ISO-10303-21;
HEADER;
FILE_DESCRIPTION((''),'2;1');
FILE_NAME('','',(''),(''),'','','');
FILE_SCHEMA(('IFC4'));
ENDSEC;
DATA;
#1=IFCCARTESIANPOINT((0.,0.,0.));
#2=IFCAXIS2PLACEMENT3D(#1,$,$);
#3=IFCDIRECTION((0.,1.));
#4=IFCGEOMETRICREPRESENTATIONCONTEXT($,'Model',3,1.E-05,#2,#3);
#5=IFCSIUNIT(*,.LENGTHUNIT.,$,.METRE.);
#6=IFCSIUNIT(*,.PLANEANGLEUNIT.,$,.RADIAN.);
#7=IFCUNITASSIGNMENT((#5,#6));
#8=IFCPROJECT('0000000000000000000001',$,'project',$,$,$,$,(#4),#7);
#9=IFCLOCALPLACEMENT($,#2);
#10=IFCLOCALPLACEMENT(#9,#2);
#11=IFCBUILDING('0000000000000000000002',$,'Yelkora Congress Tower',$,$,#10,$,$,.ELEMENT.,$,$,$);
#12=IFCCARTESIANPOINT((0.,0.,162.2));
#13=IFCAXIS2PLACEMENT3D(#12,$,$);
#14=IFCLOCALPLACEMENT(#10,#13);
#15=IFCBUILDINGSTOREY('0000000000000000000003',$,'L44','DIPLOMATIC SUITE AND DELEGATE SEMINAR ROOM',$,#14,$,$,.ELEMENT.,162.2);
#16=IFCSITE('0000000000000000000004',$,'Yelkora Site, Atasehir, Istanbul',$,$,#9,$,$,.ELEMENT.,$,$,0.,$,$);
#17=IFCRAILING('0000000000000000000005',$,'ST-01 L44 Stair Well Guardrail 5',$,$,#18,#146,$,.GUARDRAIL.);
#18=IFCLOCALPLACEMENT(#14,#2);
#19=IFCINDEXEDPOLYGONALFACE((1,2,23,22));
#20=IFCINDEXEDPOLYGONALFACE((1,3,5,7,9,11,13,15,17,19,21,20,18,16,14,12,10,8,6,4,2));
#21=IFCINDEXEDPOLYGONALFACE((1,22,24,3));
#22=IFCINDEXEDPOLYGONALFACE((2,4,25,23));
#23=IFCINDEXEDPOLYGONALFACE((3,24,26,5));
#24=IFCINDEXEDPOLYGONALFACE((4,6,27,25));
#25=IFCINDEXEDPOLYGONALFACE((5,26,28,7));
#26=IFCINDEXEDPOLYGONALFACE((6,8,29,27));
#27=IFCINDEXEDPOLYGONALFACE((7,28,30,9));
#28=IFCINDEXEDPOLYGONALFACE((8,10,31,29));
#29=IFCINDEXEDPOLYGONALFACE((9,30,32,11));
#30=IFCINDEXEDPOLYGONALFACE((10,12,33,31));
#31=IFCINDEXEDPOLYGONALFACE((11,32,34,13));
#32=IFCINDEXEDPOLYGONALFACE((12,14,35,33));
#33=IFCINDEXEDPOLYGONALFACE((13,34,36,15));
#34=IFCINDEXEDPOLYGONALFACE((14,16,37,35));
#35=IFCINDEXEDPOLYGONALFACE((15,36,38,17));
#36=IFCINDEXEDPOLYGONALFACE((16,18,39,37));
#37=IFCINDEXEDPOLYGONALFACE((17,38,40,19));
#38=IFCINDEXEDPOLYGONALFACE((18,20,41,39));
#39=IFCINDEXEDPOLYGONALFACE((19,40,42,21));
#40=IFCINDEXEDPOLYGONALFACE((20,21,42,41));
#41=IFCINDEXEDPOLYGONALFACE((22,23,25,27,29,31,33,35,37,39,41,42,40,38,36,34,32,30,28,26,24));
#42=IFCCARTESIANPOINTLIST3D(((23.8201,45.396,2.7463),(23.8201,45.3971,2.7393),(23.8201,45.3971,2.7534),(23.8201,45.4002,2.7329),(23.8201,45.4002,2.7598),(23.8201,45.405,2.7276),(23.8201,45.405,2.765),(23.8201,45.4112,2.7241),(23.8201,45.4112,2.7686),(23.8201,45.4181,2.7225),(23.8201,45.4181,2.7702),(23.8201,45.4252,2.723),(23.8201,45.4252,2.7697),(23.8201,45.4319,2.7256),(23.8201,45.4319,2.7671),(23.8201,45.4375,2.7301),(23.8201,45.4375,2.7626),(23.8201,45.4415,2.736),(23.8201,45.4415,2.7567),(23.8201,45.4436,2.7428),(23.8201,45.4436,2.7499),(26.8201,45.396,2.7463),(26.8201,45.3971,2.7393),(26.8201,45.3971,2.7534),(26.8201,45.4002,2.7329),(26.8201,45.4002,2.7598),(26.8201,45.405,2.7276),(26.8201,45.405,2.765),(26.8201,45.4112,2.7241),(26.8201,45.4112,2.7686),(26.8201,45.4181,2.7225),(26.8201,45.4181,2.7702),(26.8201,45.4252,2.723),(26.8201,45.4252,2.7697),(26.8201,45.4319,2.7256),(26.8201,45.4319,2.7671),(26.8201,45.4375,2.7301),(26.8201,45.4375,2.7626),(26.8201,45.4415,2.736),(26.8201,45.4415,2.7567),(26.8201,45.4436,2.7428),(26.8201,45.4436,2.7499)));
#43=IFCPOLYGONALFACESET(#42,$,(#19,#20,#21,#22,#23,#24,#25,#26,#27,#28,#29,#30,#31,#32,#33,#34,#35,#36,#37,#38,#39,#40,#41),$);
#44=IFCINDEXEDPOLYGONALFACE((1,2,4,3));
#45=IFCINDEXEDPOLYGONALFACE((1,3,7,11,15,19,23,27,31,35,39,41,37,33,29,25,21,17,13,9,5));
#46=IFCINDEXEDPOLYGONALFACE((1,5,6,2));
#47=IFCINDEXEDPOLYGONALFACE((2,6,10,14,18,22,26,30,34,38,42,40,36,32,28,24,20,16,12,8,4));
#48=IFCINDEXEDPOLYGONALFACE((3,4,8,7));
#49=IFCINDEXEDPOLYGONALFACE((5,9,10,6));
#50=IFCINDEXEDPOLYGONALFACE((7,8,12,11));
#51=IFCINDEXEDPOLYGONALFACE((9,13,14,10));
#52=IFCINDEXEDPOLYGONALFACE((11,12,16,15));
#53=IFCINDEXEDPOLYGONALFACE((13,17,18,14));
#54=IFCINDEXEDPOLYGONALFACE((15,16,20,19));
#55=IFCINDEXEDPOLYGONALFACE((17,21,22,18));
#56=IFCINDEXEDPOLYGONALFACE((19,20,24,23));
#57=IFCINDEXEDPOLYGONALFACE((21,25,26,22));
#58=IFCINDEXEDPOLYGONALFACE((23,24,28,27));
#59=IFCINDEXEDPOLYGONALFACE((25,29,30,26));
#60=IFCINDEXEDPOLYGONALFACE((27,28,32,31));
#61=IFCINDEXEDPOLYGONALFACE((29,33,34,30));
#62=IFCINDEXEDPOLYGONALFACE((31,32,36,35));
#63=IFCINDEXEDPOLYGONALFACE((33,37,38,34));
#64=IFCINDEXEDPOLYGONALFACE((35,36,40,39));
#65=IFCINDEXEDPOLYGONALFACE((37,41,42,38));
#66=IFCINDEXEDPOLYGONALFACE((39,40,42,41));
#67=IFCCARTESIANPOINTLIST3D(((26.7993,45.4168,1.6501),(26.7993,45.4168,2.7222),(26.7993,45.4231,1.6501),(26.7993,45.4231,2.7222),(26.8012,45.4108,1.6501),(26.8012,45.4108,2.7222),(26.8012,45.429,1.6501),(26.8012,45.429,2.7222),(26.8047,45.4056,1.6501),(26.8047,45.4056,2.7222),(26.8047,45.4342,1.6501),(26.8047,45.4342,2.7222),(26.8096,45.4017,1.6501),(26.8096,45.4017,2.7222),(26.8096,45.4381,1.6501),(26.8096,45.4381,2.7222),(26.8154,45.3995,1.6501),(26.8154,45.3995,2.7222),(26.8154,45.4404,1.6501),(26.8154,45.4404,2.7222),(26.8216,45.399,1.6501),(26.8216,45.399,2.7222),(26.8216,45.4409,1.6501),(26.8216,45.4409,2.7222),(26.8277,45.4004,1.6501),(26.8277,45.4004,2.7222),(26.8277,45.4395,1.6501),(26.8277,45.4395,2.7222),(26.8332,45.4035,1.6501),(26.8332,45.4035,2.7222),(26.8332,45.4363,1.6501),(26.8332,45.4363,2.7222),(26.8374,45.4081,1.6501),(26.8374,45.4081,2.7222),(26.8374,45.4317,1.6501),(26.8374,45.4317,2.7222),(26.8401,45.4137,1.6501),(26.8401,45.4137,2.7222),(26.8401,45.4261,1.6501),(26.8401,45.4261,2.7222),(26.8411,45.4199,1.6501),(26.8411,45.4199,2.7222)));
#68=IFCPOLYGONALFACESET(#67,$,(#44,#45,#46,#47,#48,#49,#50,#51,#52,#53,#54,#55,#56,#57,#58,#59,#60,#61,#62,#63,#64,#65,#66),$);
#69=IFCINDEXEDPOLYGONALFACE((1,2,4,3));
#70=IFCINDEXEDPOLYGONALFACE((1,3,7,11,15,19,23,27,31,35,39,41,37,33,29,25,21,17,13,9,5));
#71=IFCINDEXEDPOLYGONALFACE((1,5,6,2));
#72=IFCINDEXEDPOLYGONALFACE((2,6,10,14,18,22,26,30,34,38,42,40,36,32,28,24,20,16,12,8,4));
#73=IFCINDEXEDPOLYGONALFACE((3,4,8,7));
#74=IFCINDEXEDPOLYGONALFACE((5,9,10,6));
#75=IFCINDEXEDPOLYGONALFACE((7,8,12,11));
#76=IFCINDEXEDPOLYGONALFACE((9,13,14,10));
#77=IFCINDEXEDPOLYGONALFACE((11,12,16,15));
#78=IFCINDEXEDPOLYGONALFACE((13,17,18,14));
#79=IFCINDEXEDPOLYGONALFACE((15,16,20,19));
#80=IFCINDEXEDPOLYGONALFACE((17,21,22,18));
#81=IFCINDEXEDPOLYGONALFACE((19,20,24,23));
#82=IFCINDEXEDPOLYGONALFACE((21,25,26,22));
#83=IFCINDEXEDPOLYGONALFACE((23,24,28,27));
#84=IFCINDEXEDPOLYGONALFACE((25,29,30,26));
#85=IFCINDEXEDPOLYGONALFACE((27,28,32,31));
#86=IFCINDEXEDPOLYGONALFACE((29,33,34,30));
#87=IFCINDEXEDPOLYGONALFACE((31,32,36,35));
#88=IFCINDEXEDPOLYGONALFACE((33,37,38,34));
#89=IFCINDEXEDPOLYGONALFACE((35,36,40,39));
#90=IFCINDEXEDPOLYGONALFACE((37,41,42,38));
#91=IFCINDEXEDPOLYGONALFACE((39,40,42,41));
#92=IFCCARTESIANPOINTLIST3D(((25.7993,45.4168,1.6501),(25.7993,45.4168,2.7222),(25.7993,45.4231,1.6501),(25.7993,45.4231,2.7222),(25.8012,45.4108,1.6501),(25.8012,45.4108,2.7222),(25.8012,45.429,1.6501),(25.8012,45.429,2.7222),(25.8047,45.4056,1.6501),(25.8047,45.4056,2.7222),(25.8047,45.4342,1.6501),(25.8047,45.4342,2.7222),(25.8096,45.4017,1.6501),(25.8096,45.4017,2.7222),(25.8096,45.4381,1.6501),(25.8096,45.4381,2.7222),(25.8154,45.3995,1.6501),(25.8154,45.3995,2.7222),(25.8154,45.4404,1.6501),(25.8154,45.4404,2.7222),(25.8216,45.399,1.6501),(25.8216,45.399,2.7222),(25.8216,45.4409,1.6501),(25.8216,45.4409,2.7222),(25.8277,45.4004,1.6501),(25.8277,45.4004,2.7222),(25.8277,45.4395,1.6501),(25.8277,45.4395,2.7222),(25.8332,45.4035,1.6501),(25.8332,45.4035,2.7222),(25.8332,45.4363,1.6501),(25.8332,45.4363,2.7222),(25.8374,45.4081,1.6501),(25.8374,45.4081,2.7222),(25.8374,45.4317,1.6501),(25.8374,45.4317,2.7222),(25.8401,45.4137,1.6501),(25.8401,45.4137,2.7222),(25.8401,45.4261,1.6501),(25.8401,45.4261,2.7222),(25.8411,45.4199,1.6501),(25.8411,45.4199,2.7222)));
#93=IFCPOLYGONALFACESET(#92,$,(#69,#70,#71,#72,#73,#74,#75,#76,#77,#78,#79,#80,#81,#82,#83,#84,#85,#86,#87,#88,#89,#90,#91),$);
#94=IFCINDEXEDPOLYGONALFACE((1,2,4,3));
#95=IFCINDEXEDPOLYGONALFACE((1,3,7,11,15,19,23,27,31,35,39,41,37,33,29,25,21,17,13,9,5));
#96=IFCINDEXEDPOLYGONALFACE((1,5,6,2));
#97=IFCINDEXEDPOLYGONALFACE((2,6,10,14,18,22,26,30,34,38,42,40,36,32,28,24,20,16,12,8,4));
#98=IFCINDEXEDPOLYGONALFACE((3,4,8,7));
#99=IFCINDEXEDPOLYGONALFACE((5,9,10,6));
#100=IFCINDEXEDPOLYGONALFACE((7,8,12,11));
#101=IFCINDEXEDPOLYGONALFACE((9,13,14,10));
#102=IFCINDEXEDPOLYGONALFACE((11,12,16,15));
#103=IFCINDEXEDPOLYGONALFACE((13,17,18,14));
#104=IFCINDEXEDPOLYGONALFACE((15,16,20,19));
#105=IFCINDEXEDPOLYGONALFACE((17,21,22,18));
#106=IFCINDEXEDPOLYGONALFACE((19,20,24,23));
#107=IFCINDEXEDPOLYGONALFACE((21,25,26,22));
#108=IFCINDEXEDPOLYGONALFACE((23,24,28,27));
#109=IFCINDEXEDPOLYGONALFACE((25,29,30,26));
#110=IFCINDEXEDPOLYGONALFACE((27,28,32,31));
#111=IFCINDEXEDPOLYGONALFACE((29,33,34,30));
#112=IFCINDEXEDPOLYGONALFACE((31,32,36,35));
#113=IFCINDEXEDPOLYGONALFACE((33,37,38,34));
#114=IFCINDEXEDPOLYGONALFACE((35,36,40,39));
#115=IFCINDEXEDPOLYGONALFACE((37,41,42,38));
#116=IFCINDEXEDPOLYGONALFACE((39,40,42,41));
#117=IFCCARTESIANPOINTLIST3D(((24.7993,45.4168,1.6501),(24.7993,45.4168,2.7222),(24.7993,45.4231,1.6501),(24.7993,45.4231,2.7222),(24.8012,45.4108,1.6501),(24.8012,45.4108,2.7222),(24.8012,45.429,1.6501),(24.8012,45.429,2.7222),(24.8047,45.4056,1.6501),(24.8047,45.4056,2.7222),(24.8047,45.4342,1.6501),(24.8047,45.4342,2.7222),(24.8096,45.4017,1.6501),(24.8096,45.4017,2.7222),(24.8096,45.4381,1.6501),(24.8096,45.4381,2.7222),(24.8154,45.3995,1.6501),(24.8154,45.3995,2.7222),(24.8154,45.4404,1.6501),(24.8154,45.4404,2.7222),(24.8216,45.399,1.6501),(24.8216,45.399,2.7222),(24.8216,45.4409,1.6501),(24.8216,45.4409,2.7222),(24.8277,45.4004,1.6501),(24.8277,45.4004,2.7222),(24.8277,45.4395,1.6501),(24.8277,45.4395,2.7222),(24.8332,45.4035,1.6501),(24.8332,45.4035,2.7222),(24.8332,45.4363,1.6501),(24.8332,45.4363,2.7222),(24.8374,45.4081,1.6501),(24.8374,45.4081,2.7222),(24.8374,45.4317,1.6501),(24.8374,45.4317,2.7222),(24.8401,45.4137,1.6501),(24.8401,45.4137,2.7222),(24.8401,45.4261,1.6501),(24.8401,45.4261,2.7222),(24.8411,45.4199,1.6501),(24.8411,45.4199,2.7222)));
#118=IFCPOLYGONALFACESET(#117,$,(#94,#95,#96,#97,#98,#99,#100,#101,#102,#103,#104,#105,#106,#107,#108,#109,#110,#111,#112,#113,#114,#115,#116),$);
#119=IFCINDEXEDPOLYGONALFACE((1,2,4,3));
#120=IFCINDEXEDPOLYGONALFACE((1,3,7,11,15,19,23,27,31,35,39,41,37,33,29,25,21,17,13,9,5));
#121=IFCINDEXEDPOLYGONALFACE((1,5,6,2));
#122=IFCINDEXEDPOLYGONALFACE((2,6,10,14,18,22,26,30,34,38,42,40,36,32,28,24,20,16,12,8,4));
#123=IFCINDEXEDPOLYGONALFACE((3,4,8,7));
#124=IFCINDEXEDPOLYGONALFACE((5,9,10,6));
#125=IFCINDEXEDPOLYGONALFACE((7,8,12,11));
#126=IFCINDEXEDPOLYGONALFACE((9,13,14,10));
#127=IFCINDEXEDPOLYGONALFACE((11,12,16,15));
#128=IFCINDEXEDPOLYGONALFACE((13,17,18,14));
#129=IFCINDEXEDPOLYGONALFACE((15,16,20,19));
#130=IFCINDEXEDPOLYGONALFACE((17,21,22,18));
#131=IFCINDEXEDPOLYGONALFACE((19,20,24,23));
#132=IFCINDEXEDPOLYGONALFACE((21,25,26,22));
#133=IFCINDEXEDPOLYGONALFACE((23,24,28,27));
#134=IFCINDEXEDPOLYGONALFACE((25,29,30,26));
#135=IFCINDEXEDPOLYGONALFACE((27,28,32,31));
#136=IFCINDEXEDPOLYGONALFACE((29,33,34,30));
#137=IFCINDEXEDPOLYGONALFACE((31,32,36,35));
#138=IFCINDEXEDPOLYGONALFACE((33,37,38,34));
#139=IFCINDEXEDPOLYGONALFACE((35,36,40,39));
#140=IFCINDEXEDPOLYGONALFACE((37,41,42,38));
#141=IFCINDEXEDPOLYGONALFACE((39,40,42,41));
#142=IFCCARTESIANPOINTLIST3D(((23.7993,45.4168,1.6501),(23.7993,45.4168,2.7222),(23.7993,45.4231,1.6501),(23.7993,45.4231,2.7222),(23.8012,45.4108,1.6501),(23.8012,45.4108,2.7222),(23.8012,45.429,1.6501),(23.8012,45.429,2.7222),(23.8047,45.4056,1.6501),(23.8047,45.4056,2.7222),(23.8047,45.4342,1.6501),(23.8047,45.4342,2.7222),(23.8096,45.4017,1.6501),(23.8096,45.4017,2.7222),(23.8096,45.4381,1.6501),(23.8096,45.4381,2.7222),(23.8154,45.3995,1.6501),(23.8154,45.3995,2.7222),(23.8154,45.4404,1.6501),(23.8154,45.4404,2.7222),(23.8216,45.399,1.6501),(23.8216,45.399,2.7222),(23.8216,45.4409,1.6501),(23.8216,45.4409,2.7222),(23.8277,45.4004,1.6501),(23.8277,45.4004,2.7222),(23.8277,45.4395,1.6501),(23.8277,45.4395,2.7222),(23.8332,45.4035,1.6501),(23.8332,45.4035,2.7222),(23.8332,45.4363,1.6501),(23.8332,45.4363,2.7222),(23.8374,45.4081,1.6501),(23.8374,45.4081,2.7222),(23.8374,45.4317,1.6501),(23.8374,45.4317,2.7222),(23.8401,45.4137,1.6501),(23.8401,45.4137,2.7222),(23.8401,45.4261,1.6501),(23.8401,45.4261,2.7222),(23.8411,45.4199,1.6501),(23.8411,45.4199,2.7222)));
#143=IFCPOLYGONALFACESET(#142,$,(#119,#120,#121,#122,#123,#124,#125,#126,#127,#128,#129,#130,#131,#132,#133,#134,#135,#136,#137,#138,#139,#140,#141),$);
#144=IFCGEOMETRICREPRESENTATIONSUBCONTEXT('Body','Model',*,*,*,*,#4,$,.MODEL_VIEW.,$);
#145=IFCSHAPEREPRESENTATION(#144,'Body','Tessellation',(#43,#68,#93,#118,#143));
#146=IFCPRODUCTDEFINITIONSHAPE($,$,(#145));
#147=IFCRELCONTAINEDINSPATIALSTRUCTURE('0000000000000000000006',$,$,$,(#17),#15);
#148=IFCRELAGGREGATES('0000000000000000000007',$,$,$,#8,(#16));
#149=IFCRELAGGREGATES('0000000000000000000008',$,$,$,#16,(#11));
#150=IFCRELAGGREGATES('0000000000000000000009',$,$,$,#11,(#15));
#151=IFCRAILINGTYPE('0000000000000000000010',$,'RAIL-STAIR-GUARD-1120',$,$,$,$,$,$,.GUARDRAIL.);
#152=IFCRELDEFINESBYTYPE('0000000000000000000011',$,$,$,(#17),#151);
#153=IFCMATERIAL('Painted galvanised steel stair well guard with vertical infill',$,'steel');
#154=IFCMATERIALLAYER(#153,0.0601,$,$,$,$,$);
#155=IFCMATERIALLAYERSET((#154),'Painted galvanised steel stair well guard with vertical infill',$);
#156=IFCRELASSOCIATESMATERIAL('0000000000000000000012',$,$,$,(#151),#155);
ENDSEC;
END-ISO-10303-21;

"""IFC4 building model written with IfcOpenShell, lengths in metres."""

from ifc_helpers import new_model, si_unit, direction, frame, origin, origin_2d, place, context, subcontext, project, spatial, circle, extrude, material, layer, layer_set, type_object, element, save


model = new_model("IFC4")

# Units and contexts
model_context = context("Model", 3, precision=1e-05, world=origin(), true_north=direction((0.0, 1.0)))
body_context = subcontext(model_context, "Body", "Model", "MODEL_VIEW")
ifc_project = project(units=[si_unit("LENGTHUNIT", "METRE"), si_unit("PLANEANGLEUNIT", "RADIAN")], contexts=[model_context])

# Site, building, storey
site_placement = place(None, origin())
site = spatial("IfcSite", under=ifc_project, at=site_placement, Name="Yelkora Site, Atasehir, Istanbul", CompositionType="ELEMENT", RefElevation=0.0)
building_placement = place(site_placement, origin())
building = spatial("IfcBuilding", under=site, at=building_placement, Name="Yelkora Congress Tower", CompositionType="ELEMENT")
storey_placement = place(building_placement, frame((0.0, 0.0, 162.2)))
storey = spatial("IfcBuildingStorey", under=building, at=storey_placement, Name="L44", Description="DIPLOMATIC SUITE AND DELEGATE SEMINAR ROOM", CompositionType="ELEMENT", Elevation=162.2)

# Railing
ifc_material_1 = material(Name="Painted galvanised steel stair well guard with vertical infill", Category="steel")
ifc_layer_1 = layer(ifc_material_1, 0.0601)
ifc_layer_set_1 = layer_set([ifc_layer_1], Name="Painted galvanised steel stair well guard with vertical infill")
railing_type = type_object("IfcRailingType", Name="RAIL-STAIR-GUARD-1120", PredefinedType="GUARDRAIL", material=ifc_layer_set_1)
railing_1_placement = place(storey_placement, frame((26.8201, 45.4199, 1.6501)))
element("IfcRailing", 1, at=railing_1_placement, inside=storey, type_object=railing_type, Name="ST-01 L44 Stair Well Guardrail 5", PredefinedType="GUARDRAIL", context=body_context, shape_type="SweptSolid", body=[
    extrude(circle(Radius=0.0239, at=origin_2d()), frame((0.0, 0.0, 1.0962), z_axis=(-1.0, 0.0, 0.0), x_axis=(0.0, -1.0, 0.0)), (0.0, 0.0, 1.0), 3.0),
    extrude(circle(Radius=0.021, at=origin_2d()), origin(), (0.0, 0.0, 1.0), 1.072),
    extrude(circle(Radius=0.021, at=origin_2d()), frame((-1.0, 0.0, 0.0)), (0.0, 0.0, 1.0), 1.072),
    extrude(circle(Radius=0.021, at=origin_2d()), frame((-2.0, 0.0, 0.0)), (0.0, 0.0, 1.0), 1.072),
    extrude(circle(Radius=0.021, at=origin_2d()), frame((-3.0, 0.0, 0.0)), (0.0, 0.0, 1.0), 1.072),
])

save(model, "model.ifc")
